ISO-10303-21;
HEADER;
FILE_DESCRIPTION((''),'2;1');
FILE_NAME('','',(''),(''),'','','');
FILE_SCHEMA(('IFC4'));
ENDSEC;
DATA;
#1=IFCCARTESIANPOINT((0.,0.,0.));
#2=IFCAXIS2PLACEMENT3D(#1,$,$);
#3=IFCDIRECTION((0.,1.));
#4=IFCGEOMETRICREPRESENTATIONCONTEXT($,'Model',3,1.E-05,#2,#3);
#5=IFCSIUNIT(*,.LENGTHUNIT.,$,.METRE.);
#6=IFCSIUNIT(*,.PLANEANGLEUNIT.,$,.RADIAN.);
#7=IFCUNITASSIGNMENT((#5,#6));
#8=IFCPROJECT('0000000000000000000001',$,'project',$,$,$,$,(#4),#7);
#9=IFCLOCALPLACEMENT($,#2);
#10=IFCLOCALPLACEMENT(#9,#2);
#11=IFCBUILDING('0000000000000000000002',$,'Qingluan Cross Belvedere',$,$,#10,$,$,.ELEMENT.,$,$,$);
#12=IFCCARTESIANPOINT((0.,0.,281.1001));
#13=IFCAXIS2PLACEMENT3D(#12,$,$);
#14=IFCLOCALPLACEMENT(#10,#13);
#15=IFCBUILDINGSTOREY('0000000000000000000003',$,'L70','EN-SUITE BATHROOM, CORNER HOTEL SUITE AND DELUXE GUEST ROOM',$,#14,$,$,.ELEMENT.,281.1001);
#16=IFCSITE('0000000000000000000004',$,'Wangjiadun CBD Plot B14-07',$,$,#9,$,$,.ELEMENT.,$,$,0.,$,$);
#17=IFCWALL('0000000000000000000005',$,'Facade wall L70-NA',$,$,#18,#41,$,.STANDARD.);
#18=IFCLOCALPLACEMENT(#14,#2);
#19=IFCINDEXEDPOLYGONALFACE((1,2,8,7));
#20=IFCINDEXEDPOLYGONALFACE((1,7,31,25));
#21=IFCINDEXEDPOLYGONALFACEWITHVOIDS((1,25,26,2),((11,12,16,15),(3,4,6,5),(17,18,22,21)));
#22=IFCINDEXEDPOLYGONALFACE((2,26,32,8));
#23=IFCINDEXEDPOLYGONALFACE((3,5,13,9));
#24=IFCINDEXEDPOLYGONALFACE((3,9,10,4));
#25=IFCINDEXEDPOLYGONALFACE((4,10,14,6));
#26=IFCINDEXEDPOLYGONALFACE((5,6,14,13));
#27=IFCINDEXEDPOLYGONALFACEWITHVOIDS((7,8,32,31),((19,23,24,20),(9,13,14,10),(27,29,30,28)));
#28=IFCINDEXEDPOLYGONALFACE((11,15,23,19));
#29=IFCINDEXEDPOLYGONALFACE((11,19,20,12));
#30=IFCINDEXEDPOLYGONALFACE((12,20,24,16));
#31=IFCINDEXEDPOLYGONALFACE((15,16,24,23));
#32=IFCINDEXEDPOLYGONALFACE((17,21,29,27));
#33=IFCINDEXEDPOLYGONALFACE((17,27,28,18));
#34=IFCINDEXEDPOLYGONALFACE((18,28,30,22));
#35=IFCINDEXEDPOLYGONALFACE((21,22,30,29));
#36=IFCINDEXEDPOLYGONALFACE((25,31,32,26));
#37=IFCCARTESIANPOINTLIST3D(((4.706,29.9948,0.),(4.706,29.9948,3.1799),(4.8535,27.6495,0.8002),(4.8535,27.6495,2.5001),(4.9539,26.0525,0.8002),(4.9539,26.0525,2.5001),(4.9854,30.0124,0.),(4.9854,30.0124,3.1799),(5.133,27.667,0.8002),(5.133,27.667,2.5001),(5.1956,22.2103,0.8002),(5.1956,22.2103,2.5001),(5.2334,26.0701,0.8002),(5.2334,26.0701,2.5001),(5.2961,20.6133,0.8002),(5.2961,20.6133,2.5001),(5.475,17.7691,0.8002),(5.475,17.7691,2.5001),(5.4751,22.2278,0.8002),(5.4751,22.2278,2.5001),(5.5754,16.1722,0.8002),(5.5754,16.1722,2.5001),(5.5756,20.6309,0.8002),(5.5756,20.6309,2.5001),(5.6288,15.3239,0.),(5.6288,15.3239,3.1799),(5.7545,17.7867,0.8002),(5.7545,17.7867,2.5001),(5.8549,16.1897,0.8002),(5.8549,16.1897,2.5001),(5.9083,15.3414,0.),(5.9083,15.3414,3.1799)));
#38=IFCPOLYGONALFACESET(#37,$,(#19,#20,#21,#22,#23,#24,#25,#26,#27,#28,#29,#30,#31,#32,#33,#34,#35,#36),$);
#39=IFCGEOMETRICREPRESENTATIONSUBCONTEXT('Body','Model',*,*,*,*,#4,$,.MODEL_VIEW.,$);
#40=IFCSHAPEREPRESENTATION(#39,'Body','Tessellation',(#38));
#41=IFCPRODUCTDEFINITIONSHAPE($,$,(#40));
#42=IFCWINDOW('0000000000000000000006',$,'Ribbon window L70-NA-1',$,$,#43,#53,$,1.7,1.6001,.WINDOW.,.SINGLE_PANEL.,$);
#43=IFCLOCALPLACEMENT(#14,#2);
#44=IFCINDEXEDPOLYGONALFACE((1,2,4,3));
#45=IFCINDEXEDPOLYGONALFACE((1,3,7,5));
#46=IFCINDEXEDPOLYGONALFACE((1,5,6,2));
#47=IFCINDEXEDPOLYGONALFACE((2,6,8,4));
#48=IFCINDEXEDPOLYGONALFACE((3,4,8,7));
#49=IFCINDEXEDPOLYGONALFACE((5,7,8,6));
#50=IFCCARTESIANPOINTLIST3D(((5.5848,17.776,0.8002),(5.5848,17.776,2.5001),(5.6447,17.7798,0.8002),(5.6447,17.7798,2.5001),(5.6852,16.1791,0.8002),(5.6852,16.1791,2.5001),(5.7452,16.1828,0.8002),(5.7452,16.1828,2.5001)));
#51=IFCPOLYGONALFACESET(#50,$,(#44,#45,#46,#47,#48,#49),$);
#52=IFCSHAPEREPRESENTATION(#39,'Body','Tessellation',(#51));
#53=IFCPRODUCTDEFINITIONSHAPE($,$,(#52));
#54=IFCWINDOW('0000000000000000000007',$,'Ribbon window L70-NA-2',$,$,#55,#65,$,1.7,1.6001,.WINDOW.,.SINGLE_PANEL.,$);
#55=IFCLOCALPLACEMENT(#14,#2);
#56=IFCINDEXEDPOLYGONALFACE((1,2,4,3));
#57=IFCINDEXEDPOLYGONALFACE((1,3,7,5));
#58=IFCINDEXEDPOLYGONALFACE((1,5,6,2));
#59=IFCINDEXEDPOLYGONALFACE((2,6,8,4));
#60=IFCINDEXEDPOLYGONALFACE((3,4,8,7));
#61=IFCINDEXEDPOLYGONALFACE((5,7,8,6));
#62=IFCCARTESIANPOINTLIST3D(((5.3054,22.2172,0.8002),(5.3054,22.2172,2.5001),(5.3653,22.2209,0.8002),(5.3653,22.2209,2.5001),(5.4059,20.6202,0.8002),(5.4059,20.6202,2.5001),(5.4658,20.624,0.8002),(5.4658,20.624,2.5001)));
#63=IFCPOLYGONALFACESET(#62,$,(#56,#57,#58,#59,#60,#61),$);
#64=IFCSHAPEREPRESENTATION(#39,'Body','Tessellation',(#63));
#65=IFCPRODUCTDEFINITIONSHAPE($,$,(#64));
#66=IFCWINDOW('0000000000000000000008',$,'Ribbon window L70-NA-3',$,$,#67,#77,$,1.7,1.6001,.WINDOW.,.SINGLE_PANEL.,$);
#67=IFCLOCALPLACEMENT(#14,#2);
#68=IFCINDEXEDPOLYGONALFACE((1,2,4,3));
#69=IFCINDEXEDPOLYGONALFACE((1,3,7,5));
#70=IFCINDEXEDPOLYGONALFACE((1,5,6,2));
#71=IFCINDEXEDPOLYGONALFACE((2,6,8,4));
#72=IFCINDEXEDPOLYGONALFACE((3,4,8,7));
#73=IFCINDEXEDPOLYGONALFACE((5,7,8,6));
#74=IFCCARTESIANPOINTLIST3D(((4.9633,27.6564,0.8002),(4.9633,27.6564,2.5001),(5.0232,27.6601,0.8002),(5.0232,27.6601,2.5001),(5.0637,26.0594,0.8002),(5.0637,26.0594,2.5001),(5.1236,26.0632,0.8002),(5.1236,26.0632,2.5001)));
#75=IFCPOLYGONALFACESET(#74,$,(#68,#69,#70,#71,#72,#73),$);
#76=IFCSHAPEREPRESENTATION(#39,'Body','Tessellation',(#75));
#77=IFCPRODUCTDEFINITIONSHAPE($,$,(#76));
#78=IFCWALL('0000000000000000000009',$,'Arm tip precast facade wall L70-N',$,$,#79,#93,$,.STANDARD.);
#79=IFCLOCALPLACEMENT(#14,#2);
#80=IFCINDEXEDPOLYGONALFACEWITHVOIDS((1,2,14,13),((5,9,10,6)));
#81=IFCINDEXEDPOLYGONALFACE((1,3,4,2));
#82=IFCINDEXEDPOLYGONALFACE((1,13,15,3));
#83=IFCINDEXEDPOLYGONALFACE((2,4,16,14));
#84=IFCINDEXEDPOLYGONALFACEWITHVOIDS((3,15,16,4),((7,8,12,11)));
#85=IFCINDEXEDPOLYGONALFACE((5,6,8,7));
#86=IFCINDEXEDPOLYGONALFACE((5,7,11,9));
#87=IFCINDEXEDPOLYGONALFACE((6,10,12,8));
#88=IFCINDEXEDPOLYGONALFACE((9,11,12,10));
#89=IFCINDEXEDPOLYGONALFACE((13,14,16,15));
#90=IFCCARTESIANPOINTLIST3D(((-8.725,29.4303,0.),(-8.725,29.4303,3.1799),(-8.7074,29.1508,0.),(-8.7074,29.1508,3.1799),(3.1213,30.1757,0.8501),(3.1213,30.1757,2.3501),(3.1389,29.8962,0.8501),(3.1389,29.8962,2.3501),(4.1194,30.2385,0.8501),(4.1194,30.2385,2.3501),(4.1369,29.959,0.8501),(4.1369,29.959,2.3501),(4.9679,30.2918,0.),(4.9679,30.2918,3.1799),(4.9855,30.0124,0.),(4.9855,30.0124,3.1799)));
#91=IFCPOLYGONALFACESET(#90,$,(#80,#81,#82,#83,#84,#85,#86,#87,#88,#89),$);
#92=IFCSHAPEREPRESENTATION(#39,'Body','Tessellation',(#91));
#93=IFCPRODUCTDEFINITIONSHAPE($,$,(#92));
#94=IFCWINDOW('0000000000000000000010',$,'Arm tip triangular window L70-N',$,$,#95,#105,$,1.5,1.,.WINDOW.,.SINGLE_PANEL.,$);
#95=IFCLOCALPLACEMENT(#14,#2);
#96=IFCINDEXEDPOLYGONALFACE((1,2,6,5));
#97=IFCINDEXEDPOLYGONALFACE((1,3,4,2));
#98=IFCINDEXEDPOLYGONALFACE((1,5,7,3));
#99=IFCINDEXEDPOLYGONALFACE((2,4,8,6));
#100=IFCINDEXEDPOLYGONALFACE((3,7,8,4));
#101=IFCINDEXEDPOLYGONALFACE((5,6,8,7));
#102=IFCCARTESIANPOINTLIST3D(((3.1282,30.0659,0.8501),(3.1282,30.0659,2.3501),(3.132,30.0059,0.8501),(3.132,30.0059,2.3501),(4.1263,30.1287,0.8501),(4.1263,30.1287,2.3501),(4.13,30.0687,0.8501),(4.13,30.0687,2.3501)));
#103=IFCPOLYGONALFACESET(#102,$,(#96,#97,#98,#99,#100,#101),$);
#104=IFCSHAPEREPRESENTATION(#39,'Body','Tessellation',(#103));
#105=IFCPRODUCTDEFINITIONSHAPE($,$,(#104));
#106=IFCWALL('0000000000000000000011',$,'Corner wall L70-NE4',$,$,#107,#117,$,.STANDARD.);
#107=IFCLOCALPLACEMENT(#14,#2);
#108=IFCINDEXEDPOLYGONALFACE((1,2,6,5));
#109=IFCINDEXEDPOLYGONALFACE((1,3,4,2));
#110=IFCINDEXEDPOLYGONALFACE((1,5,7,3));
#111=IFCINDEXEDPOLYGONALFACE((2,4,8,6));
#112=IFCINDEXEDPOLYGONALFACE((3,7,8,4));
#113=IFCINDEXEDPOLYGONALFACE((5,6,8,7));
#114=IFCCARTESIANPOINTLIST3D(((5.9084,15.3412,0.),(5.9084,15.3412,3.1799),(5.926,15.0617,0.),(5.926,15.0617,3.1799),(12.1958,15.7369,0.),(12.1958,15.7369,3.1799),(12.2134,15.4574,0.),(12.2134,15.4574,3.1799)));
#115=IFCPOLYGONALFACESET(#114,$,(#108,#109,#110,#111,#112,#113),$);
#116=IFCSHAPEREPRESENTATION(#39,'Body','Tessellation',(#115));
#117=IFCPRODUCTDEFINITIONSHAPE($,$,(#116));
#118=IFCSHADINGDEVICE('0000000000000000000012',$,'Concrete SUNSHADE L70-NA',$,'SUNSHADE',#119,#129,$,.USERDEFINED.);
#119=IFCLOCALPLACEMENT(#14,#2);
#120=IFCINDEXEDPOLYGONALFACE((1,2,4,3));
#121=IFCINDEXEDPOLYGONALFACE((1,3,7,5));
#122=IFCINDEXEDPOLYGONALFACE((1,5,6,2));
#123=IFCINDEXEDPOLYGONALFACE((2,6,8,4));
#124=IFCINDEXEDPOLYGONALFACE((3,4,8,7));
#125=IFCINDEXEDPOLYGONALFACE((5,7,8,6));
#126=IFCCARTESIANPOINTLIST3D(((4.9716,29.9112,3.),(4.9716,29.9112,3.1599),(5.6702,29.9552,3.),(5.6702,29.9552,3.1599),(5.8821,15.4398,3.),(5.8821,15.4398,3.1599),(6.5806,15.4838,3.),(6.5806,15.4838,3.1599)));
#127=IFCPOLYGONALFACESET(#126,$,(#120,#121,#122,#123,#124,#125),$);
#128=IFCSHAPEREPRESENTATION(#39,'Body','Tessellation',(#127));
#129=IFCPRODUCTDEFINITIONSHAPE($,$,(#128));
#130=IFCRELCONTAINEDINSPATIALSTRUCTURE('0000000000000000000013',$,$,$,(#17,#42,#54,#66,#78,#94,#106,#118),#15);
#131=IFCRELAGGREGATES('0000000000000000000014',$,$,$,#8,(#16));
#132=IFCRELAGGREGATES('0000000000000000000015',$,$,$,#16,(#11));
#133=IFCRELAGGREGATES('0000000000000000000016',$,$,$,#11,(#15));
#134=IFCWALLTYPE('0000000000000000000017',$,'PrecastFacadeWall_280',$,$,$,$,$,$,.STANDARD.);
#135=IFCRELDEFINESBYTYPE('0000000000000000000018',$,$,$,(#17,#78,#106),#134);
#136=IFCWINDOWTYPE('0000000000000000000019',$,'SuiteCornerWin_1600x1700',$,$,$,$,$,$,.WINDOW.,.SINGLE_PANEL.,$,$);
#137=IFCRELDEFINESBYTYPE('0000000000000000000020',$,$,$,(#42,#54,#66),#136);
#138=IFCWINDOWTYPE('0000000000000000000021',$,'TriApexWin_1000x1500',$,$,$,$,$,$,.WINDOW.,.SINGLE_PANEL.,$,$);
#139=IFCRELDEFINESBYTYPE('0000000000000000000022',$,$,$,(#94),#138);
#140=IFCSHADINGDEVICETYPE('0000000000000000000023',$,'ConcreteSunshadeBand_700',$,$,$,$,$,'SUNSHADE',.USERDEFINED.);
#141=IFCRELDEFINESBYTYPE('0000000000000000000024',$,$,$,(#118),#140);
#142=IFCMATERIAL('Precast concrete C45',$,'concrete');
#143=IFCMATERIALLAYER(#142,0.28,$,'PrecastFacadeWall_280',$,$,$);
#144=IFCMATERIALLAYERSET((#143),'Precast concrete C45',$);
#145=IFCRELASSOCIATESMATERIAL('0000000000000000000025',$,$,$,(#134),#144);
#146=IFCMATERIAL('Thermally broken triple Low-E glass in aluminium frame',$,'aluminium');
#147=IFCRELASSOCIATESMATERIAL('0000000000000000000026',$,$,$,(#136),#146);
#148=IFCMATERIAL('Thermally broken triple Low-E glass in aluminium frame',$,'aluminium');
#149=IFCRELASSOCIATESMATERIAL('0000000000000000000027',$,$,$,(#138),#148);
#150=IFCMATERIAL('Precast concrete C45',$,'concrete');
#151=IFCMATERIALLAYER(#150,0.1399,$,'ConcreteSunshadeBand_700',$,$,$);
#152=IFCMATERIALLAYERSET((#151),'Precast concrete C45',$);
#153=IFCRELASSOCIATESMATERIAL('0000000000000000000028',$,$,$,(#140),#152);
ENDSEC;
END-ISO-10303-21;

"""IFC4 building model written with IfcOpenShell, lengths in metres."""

from ifc_helpers import new_model, si_unit, direction, frame, frame_2d, origin, origin_2d, place, context, subcontext, project, spatial, rectangle, extrude, material, layer, layer_set, type_object, element, fill, save


model = new_model("IFC4")

# Units and contexts
model_context = context("Model", 3, precision=1e-05, world=origin(), true_north=direction((0.0, 1.0)))
body_context = subcontext(model_context, "Body", "Model", "MODEL_VIEW")
ifc_project = project(units=[si_unit("LENGTHUNIT", "METRE"), si_unit("PLANEANGLEUNIT", "RADIAN")], contexts=[model_context])

# Site, building, storey
site_placement = place(None, origin())
site = spatial("IfcSite", under=ifc_project, at=site_placement, Name="Wangjiadun CBD Plot B14-07", CompositionType="ELEMENT", RefElevation=0.0)
building_placement = place(site_placement, origin())
building = spatial("IfcBuilding", under=site, at=building_placement, Name="Qingluan Cross Belvedere", CompositionType="ELEMENT")
storey_placement = place(building_placement, frame((0.0, 0.0, 281.1001)))
storey = spatial("IfcBuildingStorey", under=building, at=storey_placement, Name="L70", Description="EN-SUITE BATHROOM, CORNER HOTEL SUITE AND DELUXE GUEST ROOM", CompositionType="ELEMENT", Elevation=281.1001)

# Wall, openings, windows
ifc_material_1 = material(Name="Precast concrete C45", Category="concrete")
ifc_layer_1 = layer(ifc_material_1, 0.28, Name="PrecastFacadeWall_280")
ifc_layer_set_1 = layer_set([ifc_layer_1], Name="Precast concrete C45")
wall_type_1 = type_object("IfcWallType", Name="PrecastFacadeWall_280", PredefinedType="STANDARD", material=ifc_layer_set_1)
wall_1_placement = place(storey_placement, frame((5.7686, 15.3325, 0.0), z_axis=(0.0, 0.0, 1.0), x_axis=(-0.062779, 0.998027, 0.0)))
wall_1 = element("IfcWall", 1, at=wall_1_placement, inside=storey, type_object=wall_type_1, Name="Facade wall L70-NA", PredefinedType="STANDARD", context=body_context, shape_type="SweptSolid", body=[
    extrude(rectangle(XDim=14.7, YDim=0.28, at=frame_2d((7.3501, 0.0))), origin(), (0.0, 0.0, 1.0), 3.1799),
])
opening_1_placement = place(wall_1_placement, frame((0.8501, 0.0, 0.8)))
opening_1 = element("IfcOpeningElement", 2, at=opening_1_placement, cuts=wall_1, PredefinedType="OPENING", context=body_context, shape_type="SweptSolid", body=[
    extrude(rectangle(XDim=1.6001, YDim=1.7, at=frame_2d((0.8, 0.8501))), frame((0.0, 0.1499, 0.0), z_axis=(0.0, -1.0, 0.0), x_axis=(1.0, 0.0, 0.0)), (0.0, 0.0, 1.0), 0.3),
])
opening_2_placement = place(wall_1_placement, frame((5.3, 0.0, 0.8)))
opening_2 = element("IfcOpeningElement", 3, at=opening_2_placement, cuts=wall_1, PredefinedType="OPENING", context=body_context, shape_type="SweptSolid", body=[
    extrude(rectangle(XDim=1.6001, YDim=1.7, at=frame_2d((0.8, 0.8501))), frame((0.0, 0.1499, 0.0), z_axis=(0.0, -1.0, 0.0), x_axis=(1.0, 0.0, 0.0)), (0.0, 0.0, 1.0), 0.3),
])
opening_3_placement = place(wall_1_placement, frame((10.75, 0.0, 0.8)))
opening_3 = element("IfcOpeningElement", 4, at=opening_3_placement, cuts=wall_1, PredefinedType="OPENING", context=body_context, shape_type="SweptSolid", body=[
    extrude(rectangle(XDim=1.6001, YDim=1.7, at=frame_2d((0.8, 0.8501))), frame((0.0, 0.1499, 0.0), z_axis=(0.0, -1.0, 0.0), x_axis=(1.0, 0.0, 0.0)), (0.0, 0.0, 1.0), 0.3),
])
ifc_material_2 = material(Name="Thermally broken triple Low-E glass in aluminium frame", Category="aluminium")
window_type_1 = type_object("IfcWindowType", Name="SuiteCornerWin_1600x1700", PartitioningType="SINGLE_PANEL", PredefinedType="WINDOW", material=ifc_material_2)
window_1_placement = place(opening_1_placement, origin())
window_1 = element("IfcWindow", 5, at=window_1_placement, inside=storey, type_object=window_type_1, Name="Ribbon window L70-NA-1", OverallHeight=1.7, OverallWidth=1.6001, PartitioningType="SINGLE_PANEL", PredefinedType="WINDOW", context=body_context, shape_type="SweptSolid", body=[
    extrude(rectangle(XDim=1.6001, YDim=1.7, at=frame_2d((0.8, 0.8501))), frame((0.0, 0.03, 0.0), z_axis=(0.0, -1.0, 0.0), x_axis=(1.0, 0.0, 0.0)), (0.0, 0.0, 1.0), 0.0601),
])
fill(opening_1, window_1)
window_2_placement = place(opening_2_placement, origin())
window_2 = element("IfcWindow", 6, at=window_2_placement, inside=storey, type_object=window_type_1, Name="Ribbon window L70-NA-2", OverallHeight=1.7, OverallWidth=1.6001, PartitioningType="SINGLE_PANEL", PredefinedType="WINDOW", context=body_context, shape_type="SweptSolid", body=[
    extrude(rectangle(XDim=1.6001, YDim=1.7, at=frame_2d((0.8, 0.8501))), frame((0.0, 0.03, 0.0), z_axis=(0.0, -1.0, 0.0), x_axis=(1.0, 0.0, 0.0)), (0.0, 0.0, 1.0), 0.0601),
])
fill(opening_2, window_2)
window_3_placement = place(opening_3_placement, origin())
window_3 = element("IfcWindow", 7, at=window_3_placement, inside=storey, type_object=window_type_1, Name="Ribbon window L70-NA-3", OverallHeight=1.7, OverallWidth=1.6001, PartitioningType="SINGLE_PANEL", PredefinedType="WINDOW", context=body_context, shape_type="SweptSolid", body=[
    extrude(rectangle(XDim=1.6001, YDim=1.7, at=frame_2d((0.8, 0.8501))), frame((0.0, 0.03, 0.0), z_axis=(0.0, -1.0, 0.0), x_axis=(1.0, 0.0, 0.0)), (0.0, 0.0, 1.0), 0.0601),
])
fill(opening_3, window_3)

# Wall, opening, window
wall_2_placement = place(storey_placement, frame((4.9766, 30.1521, 0.0), z_axis=(0.0, 0.0, 1.0), x_axis=(-0.998026, -0.062797, 0.0)))
wall_2 = element("IfcWall", 8, at=wall_2_placement, inside=storey, type_object=wall_type_1, Name="Arm tip precast facade wall L70-N", PredefinedType="STANDARD", context=body_context, shape_type="SweptSolid", body=[
    extrude(rectangle(XDim=13.72, YDim=0.28, at=frame_2d((6.8599, 0.0))), origin(), (0.0, 0.0, 1.0), 3.1799),
])
opening_4_placement = place(wall_2_placement, frame((0.8501, 0.0, 0.8501)))
opening_4 = element("IfcOpeningElement", 9, at=opening_4_placement, cuts=wall_2, PredefinedType="OPENING", context=body_context, shape_type="SweptSolid", body=[
    extrude(rectangle(XDim=1.0, YDim=1.5, at=frame_2d((0.5, 0.75))), frame((0.0, 0.1499, 0.0), z_axis=(0.0, -1.0, 0.0), x_axis=(1.0, 0.0, 0.0)), (0.0, 0.0, 1.0), 0.3),
])
ifc_material_3 = material(Name="Thermally broken triple Low-E glass in aluminium frame", Category="aluminium")
window_type_2 = type_object("IfcWindowType", Name="TriApexWin_1000x1500", PartitioningType="SINGLE_PANEL", PredefinedType="WINDOW", material=ifc_material_3)
window_4_placement = place(opening_4_placement, origin())
window_4 = element("IfcWindow", 10, at=window_4_placement, inside=storey, type_object=window_type_2, Name="Arm tip triangular window L70-N", OverallHeight=1.5, OverallWidth=1.0, PartitioningType="SINGLE_PANEL", PredefinedType="WINDOW", context=body_context, shape_type="SweptSolid", body=[
    extrude(rectangle(XDim=1.0, YDim=1.5, at=frame_2d((0.5, 0.75))), frame((0.0, 0.03, 0.0), z_axis=(0.0, -1.0, 0.0), x_axis=(1.0, 0.0, 0.0)), (0.0, 0.0, 1.0), 0.0601),
])
fill(opening_4, window_4)

# Wall
wall_3_placement = place(storey_placement, frame((12.2046, 15.5972, 0.0), z_axis=(0.0, 0.0, 1.0), x_axis=(-0.998025, -0.06282, 0.0)))
element("IfcWall", 11, at=wall_3_placement, inside=storey, type_object=wall_type_1, Name="Corner wall L70-NE4", PredefinedType="STANDARD", context=body_context, shape_type="SweptSolid", body=[
    extrude(rectangle(XDim=6.2998, YDim=0.28, at=frame_2d((3.1499, 0.0))), origin(), (0.0, 0.0, 1.0), 3.1799),
])

# Shading device
ifc_material_4 = material(Name="Precast concrete C45", Category="concrete")
ifc_layer_2 = layer(ifc_material_4, 0.1399, Name="ConcreteSunshadeBand_700")
ifc_layer_set_2 = layer_set([ifc_layer_2], Name="Precast concrete C45")
shading_device_type = type_object("IfcShadingDeviceType", Name="ConcreteSunshadeBand_700", ElementType="SUNSHADE", PredefinedType="USERDEFINED", material=ifc_layer_set_2)
shading_device_placement = place(storey_placement, frame((5.7761, 22.6975, 3.0), z_axis=(0.0, 0.0, 1.0), x_axis=(-0.062789, 0.998027, 0.0)))
element("IfcShadingDevice", 12, at=shading_device_placement, inside=storey, type_object=shading_device_type, Name="Concrete SUNSHADE L70-NA", ObjectType="SUNSHADE", PredefinedType="USERDEFINED", context=body_context, shape_type="SweptSolid", body=[
    extrude(rectangle(XDim=14.5, YDim=0.7, at=origin_2d()), origin(), (0.0, 0.0, 1.0), 0.1599),
])

save(model, "model.ifc")
